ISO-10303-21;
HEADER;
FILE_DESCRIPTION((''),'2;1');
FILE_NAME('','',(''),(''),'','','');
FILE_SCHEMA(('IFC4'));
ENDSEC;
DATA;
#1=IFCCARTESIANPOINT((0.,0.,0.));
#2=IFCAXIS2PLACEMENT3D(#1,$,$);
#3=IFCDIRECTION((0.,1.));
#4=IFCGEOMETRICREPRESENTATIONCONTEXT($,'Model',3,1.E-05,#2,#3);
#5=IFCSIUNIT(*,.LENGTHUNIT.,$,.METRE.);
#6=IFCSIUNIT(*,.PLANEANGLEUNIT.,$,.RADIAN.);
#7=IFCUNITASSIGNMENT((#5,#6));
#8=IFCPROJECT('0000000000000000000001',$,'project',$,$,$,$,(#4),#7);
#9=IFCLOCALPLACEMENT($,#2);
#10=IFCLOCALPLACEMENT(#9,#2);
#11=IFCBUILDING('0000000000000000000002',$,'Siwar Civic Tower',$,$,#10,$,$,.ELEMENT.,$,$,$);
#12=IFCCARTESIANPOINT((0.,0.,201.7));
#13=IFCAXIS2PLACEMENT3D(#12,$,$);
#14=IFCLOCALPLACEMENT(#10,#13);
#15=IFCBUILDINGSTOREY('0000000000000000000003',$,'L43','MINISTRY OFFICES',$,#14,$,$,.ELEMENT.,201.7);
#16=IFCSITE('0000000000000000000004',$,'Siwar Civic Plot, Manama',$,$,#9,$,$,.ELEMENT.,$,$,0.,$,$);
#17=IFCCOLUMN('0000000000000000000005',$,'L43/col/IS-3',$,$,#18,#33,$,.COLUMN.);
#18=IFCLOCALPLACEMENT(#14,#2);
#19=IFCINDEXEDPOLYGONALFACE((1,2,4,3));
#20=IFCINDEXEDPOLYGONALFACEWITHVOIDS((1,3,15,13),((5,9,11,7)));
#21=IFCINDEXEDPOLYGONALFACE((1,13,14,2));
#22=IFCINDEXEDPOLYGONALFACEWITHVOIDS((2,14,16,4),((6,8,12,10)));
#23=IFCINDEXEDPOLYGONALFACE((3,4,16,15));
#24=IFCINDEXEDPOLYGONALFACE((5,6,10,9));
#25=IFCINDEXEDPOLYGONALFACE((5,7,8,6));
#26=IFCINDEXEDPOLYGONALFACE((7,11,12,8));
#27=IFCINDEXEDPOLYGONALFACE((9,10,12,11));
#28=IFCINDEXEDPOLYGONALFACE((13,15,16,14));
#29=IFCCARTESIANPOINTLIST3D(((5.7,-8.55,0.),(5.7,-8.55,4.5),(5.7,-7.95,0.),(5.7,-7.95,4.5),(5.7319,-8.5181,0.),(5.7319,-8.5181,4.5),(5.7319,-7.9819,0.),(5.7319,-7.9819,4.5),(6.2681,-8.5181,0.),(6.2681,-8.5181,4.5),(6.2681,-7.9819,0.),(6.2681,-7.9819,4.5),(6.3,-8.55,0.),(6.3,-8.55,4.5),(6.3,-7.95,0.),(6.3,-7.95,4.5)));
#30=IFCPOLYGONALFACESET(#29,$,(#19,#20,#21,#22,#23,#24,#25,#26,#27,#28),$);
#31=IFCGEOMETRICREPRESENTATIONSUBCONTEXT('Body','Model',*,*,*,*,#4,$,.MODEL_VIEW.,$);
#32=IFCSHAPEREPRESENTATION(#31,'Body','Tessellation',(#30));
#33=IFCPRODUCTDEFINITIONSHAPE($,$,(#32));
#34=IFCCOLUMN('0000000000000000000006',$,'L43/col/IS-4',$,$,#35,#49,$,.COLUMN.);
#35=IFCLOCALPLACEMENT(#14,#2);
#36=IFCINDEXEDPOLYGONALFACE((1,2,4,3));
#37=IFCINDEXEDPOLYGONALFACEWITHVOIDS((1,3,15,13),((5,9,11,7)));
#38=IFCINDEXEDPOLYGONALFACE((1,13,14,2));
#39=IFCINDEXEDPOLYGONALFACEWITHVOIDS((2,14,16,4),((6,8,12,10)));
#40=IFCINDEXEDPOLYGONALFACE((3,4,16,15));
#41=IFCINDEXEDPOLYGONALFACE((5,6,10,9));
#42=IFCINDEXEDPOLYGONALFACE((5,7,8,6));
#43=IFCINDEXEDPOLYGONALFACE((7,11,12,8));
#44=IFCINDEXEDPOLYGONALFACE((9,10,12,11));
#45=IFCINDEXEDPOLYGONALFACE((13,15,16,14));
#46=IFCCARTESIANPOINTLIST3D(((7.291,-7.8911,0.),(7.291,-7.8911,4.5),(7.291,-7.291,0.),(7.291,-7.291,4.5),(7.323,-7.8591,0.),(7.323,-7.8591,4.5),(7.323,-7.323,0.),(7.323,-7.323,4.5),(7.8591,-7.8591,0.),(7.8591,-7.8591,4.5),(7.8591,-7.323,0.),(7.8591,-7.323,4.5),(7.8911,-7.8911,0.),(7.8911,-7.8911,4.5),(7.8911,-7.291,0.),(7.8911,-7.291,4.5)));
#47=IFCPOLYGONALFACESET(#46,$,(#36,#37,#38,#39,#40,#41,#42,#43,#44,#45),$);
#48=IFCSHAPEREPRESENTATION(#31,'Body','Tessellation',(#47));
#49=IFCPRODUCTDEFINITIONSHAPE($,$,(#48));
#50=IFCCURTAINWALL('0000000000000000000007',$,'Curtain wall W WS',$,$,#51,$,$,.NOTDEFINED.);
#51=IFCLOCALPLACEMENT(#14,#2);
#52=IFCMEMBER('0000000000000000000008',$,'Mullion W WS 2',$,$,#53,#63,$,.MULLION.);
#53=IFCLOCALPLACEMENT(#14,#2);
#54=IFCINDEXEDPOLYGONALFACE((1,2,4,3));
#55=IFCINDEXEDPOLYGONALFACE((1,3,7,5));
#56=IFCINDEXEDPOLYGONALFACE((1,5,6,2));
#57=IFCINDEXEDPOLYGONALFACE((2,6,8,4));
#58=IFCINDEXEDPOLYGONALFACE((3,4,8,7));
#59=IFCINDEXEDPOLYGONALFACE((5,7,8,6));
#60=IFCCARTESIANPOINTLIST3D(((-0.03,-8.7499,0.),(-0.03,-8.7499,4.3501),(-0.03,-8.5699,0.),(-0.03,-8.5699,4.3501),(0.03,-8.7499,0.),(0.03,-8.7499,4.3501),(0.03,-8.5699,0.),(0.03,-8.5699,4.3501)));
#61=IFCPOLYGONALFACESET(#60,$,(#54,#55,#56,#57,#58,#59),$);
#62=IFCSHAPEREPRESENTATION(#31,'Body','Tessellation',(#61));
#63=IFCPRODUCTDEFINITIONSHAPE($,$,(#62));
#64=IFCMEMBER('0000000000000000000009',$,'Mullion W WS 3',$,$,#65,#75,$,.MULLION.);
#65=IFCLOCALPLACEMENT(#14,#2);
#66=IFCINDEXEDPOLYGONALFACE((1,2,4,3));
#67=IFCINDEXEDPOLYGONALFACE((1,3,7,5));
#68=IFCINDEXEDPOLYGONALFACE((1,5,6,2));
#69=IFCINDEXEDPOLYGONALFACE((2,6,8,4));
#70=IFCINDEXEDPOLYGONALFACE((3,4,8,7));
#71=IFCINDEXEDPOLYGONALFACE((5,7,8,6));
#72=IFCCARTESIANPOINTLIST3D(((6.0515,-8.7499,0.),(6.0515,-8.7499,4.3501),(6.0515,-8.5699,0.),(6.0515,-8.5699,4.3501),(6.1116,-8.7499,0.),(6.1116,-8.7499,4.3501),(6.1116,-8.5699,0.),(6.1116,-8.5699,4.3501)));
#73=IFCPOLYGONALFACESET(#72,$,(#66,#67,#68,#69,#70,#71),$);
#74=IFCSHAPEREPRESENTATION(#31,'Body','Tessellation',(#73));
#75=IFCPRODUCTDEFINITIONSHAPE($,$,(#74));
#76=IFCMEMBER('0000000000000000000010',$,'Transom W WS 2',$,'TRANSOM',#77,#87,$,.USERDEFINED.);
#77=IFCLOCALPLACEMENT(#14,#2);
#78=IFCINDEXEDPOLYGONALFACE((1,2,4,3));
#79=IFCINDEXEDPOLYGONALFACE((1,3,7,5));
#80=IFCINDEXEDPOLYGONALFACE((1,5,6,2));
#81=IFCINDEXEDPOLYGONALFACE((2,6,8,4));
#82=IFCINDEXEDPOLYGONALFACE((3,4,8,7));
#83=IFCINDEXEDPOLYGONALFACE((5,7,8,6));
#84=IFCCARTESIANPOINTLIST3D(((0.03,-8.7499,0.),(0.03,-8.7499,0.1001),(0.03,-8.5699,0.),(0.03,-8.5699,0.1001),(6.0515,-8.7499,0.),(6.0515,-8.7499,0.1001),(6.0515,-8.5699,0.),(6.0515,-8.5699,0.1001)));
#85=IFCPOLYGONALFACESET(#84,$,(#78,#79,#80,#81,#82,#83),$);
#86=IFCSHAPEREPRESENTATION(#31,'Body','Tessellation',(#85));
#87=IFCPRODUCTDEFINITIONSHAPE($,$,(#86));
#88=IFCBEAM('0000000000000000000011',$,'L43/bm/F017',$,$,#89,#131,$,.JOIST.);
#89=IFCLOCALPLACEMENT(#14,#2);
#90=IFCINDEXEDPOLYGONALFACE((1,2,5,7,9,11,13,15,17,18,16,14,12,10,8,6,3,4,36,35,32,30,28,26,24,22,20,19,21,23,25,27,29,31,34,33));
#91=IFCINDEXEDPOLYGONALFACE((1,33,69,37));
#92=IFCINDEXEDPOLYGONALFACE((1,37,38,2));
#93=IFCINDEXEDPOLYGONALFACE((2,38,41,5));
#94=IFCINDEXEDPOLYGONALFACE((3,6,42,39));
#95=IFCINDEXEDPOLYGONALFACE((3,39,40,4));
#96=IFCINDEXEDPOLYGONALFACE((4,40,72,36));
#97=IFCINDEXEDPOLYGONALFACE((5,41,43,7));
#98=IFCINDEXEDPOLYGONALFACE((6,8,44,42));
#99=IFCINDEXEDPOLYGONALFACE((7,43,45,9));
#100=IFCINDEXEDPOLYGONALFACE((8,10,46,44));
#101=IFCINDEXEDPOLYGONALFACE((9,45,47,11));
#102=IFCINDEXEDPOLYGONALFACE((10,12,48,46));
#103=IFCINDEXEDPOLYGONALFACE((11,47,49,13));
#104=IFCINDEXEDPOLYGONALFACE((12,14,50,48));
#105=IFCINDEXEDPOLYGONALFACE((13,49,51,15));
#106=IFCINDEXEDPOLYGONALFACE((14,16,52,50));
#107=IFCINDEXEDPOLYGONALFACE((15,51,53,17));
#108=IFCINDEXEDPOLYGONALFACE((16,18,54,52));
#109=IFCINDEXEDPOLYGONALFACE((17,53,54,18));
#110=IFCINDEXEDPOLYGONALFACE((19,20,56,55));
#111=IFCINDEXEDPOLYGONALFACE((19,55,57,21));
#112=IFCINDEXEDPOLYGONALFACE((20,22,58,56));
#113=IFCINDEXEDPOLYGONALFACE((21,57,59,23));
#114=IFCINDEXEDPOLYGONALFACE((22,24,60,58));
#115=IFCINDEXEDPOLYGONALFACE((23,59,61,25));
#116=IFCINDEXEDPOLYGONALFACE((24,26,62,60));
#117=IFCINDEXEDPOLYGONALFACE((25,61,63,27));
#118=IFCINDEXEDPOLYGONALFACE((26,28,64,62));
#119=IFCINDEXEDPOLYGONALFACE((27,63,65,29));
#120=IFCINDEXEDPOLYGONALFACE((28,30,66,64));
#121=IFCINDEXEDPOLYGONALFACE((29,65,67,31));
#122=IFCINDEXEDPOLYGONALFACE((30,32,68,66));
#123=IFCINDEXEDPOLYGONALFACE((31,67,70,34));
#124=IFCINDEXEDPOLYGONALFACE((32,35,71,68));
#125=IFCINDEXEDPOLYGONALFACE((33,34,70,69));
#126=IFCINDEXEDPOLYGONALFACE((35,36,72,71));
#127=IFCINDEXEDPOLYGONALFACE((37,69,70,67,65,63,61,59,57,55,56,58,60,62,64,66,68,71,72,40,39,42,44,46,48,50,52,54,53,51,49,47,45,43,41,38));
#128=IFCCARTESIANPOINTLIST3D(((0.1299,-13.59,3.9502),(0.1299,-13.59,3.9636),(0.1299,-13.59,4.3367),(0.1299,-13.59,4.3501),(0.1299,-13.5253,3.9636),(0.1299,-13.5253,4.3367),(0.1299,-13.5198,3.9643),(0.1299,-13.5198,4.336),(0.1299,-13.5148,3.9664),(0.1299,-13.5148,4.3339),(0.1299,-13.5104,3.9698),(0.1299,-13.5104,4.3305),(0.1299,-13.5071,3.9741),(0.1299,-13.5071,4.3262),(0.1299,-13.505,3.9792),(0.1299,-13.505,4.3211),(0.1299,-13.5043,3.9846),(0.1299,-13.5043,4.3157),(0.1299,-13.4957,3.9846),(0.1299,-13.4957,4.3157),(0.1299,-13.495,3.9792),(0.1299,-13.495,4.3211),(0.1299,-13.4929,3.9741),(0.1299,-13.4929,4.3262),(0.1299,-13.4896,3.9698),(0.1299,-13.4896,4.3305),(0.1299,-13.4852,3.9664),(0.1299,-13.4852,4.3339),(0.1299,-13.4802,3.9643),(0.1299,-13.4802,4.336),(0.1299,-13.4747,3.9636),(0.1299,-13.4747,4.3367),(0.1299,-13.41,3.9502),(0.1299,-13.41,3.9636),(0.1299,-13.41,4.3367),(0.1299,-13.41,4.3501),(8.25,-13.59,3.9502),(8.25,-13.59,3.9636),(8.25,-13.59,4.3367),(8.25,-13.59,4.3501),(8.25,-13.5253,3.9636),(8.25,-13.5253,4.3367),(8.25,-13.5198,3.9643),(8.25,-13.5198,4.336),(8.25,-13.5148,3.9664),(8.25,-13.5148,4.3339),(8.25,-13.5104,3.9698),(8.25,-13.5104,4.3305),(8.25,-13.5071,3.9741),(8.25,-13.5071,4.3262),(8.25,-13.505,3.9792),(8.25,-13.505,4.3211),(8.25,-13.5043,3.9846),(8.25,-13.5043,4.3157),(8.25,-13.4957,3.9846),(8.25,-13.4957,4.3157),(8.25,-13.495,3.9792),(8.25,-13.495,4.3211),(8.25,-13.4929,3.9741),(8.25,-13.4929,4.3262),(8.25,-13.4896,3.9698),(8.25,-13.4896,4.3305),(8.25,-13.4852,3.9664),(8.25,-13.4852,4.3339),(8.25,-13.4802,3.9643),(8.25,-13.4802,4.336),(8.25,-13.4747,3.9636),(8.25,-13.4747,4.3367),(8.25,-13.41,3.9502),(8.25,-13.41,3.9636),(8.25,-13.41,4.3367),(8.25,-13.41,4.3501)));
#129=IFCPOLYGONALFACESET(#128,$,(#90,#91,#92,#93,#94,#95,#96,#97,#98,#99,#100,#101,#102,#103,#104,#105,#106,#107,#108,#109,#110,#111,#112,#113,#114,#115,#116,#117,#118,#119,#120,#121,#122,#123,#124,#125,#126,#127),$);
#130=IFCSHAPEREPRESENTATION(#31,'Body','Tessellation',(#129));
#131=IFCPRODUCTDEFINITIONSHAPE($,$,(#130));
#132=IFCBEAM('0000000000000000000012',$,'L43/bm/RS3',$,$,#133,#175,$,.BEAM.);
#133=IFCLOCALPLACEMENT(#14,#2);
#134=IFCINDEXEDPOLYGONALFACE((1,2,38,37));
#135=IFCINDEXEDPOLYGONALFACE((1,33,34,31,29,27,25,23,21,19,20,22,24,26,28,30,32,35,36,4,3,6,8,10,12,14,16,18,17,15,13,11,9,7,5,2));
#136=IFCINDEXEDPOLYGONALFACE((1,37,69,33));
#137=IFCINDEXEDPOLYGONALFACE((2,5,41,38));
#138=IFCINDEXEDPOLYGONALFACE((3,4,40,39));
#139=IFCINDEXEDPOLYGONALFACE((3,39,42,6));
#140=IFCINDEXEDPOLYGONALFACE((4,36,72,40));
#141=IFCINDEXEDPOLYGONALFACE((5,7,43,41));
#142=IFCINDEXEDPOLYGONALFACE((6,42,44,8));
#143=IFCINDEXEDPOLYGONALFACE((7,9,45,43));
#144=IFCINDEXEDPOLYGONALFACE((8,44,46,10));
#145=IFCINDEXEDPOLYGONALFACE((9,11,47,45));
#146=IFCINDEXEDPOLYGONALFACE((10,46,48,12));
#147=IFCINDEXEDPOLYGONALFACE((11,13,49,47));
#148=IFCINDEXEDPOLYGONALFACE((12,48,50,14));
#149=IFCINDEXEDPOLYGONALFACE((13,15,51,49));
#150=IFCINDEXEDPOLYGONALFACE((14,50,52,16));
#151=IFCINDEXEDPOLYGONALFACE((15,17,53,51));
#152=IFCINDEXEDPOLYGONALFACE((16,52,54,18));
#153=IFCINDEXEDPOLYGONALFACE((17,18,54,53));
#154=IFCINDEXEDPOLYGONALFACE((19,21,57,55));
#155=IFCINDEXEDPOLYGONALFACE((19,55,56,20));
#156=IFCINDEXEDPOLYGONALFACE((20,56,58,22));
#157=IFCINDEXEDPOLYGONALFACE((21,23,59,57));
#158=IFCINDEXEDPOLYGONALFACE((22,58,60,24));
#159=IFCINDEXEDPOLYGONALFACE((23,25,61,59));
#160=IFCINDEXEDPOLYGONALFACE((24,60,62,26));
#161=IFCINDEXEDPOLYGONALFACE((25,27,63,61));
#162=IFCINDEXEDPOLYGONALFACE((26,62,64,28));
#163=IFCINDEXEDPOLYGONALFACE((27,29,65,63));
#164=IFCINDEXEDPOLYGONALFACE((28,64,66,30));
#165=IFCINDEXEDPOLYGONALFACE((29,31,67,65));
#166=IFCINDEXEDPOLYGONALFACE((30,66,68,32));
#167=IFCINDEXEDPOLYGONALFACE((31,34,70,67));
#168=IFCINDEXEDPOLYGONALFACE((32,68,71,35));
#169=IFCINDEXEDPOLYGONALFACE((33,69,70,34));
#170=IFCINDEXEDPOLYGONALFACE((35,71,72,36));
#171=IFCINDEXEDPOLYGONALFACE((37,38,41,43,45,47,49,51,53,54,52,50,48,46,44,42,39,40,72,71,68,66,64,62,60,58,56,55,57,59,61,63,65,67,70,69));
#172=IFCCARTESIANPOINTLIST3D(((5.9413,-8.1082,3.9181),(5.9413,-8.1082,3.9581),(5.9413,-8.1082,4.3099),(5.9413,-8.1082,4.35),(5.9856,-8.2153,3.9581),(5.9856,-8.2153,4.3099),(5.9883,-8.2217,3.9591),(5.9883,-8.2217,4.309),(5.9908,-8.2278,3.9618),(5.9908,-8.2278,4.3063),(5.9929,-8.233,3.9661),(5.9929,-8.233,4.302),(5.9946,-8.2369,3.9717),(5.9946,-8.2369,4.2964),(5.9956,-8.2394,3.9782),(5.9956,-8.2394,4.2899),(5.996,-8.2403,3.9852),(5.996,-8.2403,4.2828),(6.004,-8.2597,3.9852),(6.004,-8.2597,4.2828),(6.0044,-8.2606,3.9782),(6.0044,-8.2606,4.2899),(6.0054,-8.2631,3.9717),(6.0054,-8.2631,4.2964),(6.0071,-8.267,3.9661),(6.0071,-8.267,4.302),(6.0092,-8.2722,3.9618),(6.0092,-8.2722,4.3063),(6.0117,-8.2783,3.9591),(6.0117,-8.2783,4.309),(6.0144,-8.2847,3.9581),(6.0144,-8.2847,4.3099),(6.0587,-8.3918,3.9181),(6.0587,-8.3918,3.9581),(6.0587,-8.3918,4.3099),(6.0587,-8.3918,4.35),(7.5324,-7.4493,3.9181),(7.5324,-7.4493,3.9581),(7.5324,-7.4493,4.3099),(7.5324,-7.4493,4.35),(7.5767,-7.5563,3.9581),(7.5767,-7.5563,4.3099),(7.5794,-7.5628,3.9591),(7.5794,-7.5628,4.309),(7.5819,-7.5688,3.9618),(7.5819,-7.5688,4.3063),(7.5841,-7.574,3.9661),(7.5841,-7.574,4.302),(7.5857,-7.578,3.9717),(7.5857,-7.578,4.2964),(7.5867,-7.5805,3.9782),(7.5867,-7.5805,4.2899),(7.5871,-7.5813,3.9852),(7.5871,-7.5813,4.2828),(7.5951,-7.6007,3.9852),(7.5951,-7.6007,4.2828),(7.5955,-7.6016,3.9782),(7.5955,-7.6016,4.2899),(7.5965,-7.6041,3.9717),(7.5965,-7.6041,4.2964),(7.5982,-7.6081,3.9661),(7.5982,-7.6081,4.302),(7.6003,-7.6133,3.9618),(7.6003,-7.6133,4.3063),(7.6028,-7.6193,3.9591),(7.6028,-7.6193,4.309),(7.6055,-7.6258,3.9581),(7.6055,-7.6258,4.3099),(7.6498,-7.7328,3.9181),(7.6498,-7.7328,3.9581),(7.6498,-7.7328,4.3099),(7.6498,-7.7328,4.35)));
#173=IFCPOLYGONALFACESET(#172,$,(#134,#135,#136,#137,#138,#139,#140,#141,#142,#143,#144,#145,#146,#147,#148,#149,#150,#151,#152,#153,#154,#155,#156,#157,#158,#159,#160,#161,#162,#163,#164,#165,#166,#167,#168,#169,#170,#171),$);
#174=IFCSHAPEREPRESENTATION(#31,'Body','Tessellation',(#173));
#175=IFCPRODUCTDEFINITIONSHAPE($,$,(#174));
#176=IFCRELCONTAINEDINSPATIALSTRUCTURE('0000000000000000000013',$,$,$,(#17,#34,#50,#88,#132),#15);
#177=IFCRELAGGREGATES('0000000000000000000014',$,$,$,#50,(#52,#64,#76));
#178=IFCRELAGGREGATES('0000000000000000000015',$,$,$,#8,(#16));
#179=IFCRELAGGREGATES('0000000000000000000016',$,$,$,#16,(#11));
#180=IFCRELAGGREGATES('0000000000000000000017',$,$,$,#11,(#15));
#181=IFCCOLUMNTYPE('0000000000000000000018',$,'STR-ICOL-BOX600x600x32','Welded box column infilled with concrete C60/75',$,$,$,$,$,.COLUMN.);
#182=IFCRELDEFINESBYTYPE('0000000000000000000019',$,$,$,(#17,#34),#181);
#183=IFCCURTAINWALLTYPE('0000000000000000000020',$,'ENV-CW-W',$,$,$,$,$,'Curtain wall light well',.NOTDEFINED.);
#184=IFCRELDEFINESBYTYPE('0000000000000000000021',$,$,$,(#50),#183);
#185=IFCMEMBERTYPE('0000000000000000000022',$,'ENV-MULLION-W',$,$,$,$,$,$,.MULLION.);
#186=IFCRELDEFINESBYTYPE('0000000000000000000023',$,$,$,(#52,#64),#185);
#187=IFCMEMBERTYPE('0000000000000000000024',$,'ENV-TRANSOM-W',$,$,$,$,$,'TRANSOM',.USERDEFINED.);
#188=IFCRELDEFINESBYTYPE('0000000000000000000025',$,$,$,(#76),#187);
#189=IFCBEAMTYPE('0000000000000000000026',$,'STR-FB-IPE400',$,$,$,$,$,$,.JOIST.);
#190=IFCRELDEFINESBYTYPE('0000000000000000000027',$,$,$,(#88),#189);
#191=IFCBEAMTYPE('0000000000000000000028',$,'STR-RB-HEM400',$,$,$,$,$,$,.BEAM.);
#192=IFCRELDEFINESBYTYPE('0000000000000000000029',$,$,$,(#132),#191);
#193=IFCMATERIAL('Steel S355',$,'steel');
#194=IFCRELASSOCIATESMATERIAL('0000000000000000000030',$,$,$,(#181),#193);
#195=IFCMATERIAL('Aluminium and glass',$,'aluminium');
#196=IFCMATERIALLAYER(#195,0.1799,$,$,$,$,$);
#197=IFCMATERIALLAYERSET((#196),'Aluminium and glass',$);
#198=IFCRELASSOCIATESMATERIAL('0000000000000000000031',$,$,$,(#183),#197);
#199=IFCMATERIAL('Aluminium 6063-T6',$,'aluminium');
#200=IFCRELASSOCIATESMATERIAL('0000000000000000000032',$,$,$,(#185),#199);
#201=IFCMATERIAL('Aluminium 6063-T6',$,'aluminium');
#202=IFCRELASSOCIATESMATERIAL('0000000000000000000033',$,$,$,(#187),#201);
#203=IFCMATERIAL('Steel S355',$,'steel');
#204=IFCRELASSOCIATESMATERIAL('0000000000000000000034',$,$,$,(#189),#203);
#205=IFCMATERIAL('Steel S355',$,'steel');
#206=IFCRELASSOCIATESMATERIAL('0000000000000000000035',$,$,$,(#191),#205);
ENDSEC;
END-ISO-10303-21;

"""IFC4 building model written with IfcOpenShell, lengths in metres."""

from ifc_helpers import new_model, si_unit, direction, frame, origin, origin_2d, place, context, subcontext, project, spatial, rectangle, hollow_rectangle, i_section, extrude, material, layer, layer_set, material_profile, profile_set, type_object, element, aggregate, save


model = new_model("IFC4")

# Units and contexts
model_context = context("Model", 3, precision=1e-05, world=origin(), true_north=direction((0.0, 1.0)))
body_context = subcontext(model_context, "Body", "Model", "MODEL_VIEW")
ifc_project = project(units=[si_unit("LENGTHUNIT", "METRE"), si_unit("PLANEANGLEUNIT", "RADIAN")], contexts=[model_context])

# Site, building, storey
site_placement = place(None, origin())
site = spatial("IfcSite", under=ifc_project, at=site_placement, Name="Siwar Civic Plot, Manama", CompositionType="ELEMENT", RefElevation=0.0)
building_placement = place(site_placement, origin())
building = spatial("IfcBuilding", under=site, at=building_placement, Name="Siwar Civic Tower", CompositionType="ELEMENT")
storey_placement = place(building_placement, frame((0.0, 0.0, 201.7)))
storey = spatial("IfcBuildingStorey", under=building, at=storey_placement, Name="L43", Description="MINISTRY OFFICES", CompositionType="ELEMENT", Elevation=201.7)

# Columns
ifc_material_1 = material(Name="Steel S355", Category="steel")
ifc_material_profile_1 = material_profile(ifc_material_1, hollow_rectangle(XDim=0.6001, YDim=0.6001, WallThickness=0.032, at=origin_2d()), Name="BOX600x600x32")
ifc_profile_set_1 = profile_set([ifc_material_profile_1], Name="Steel S355")
column_type = type_object("IfcColumnType", Name="STR-ICOL-BOX600x600x32", Description="Welded box column infilled with concrete C60/75", PredefinedType="COLUMN", material=ifc_profile_set_1)
for number, where, z_axis, x_axis, name in (
    (1, (6.0, -8.25, 0.0), (0.0, 0.0, 1.0), (1.0, 0.0, 0.0), "L43/col/IS-3"),
    (2, (7.5911, -7.5911, 0.0), (0.0, 0.0, 1.0), (1.0, 0.0, 0.0), "L43/col/IS-4"),
):
    element("IfcColumn", number, at=place(storey_placement, frame(where, z_axis=z_axis, x_axis=x_axis)), inside=storey, type_object=column_type, Name=name, PredefinedType="COLUMN", context=body_context, shape_type="SweptSolid", body=[
        extrude(hollow_rectangle(XDim=0.6001, YDim=0.6001, WallThickness=0.032, at=origin_2d()), origin(), (0.0, 0.0, 1.0), 4.5),
    ])

# Curtain wall, members
ifc_material_2 = material(Name="Aluminium and glass", Category="aluminium")
ifc_layer_1 = layer(ifc_material_2, 0.1799)
ifc_layer_set_1 = layer_set([ifc_layer_1], Name="Aluminium and glass")
curtain_wall_type = type_object("IfcCurtainWallType", Name="ENV-CW-W", ElementType="Curtain wall light well", PredefinedType="NOTDEFINED", material=ifc_layer_set_1)
curtain_wall_placement = place(storey_placement, origin())
curtain_wall = element("IfcCurtainWall", 3, at=curtain_wall_placement, inside=storey, type_object=curtain_wall_type, Name="Curtain wall W WS", PredefinedType="NOTDEFINED")
ifc_material_3 = material(Name="Aluminium 6063-T6", Category="aluminium")
ifc_material_profile_2 = material_profile(ifc_material_3, rectangle(XDim=0.1799, YDim=0.0601, at=origin_2d()), Name="AL 180x60")
ifc_profile_set_2 = profile_set([ifc_material_profile_2], Name="Aluminium 6063-T6")
member_type_1 = type_object("IfcMemberType", Name="ENV-MULLION-W", PredefinedType="MULLION", material=ifc_profile_set_2)
member_1_placement = place(storey_placement, frame((0.0, -8.6599, 0.0), z_axis=(0.0, 0.0, 1.0), x_axis=(0.0, 1.0, 0.0)))
member_1 = element("IfcMember", 4, at=member_1_placement, type_object=member_type_1, Name="Mullion W WS 2", PredefinedType="MULLION", context=body_context, shape_type="SweptSolid", body=[
    extrude(rectangle(XDim=0.1799, YDim=0.0601, at=origin_2d()), origin(), (0.0, 0.0, 1.0), 4.3501),
])
member_2_placement = place(storey_placement, frame((6.0815, -8.6599, 0.0), z_axis=(0.0, 0.0, 1.0), x_axis=(0.0, 1.0, 0.0)))
member_2 = element("IfcMember", 5, at=member_2_placement, type_object=member_type_1, Name="Mullion W WS 3", PredefinedType="MULLION", context=body_context, shape_type="SweptSolid", body=[
    extrude(rectangle(XDim=0.1799, YDim=0.0601, at=origin_2d()), origin(), (0.0, 0.0, 1.0), 4.3501),
])
ifc_material_4 = material(Name="Aluminium 6063-T6", Category="aluminium")
ifc_material_profile_3 = material_profile(ifc_material_4, rectangle(XDim=0.1799, YDim=0.1001, at=origin_2d()), Name="AL 180x100")
ifc_profile_set_3 = profile_set([ifc_material_profile_3], Name="Aluminium 6063-T6")
member_type_2 = type_object("IfcMemberType", Name="ENV-TRANSOM-W", ElementType="TRANSOM", PredefinedType="USERDEFINED", material=ifc_profile_set_3)
member_3_placement = place(storey_placement, frame((0.03, -8.6599, 0.05), z_axis=(1.0, 0.0, 0.0), x_axis=(0.0, 1.0, 0.0)))
member_3 = element("IfcMember", 6, at=member_3_placement, type_object=member_type_2, Name="Transom W WS 2", ObjectType="TRANSOM", PredefinedType="USERDEFINED", context=body_context, shape_type="SweptSolid", body=[
    extrude(rectangle(XDim=0.1799, YDim=0.1001, at=origin_2d()), origin(), (0.0, 0.0, 1.0), 6.0215),
])

# Beams
ifc_material_5 = material(Name="Steel S355", Category="steel")
ifc_material_profile_4 = material_profile(ifc_material_5, i_section(OverallWidth=0.1799, OverallDepth=0.3999, WebThickness=0.0085, FlangeThickness=0.0134, FilletRadius=0.021, at=origin_2d()), Name="IPE400")
ifc_profile_set_4 = profile_set([ifc_material_profile_4], Name="Steel S355")
beam_type_1 = type_object("IfcBeamType", Name="STR-FB-IPE400", PredefinedType="JOIST", material=ifc_profile_set_4)
beam_placement = place(storey_placement, frame((0.1299, -13.5, 4.1501), z_axis=(1.0, 0.0, 0.0), x_axis=(0.0, 1.0, 0.0)))
element("IfcBeam", 7, at=beam_placement, inside=storey, type_object=beam_type_1, Name="L43/bm/F017", PredefinedType="JOIST", context=body_context, shape_type="SweptSolid", body=[
    extrude(i_section(OverallWidth=0.1799, OverallDepth=0.3999, WebThickness=0.0085, FlangeThickness=0.0134, FilletRadius=0.021, at=origin_2d()), origin(), (0.0, 0.0, 1.0), 8.1201),
])
ifc_material_6 = material(Name="Steel S355", Category="steel")
ifc_material_profile_5 = material_profile(ifc_material_6, i_section(OverallWidth=0.3069, OverallDepth=0.4319, WebThickness=0.021, FlangeThickness=0.04, FilletRadius=0.0271, at=origin_2d()), Name="HEM400")
ifc_profile_set_5 = profile_set([ifc_material_profile_5], Name="Steel S355")
beam_type_2 = type_object("IfcBeamType", Name="STR-RB-HEM400", PredefinedType="BEAM", material=ifc_profile_set_5)
for number, where, z_axis, x_axis, name in (
    (8, (6.0, -8.25, 4.134), (0.923901, 0.382631, 0.0), (-0.382631, 0.923901, 0.0), "L43/bm/RS3"),
):
    element("IfcBeam", number, at=place(storey_placement, frame(where, z_axis=z_axis, x_axis=x_axis)), inside=storey, type_object=beam_type_2, Name=name, PredefinedType="BEAM", context=body_context, shape_type="SweptSolid", body=[
        extrude(i_section(OverallWidth=0.3069, OverallDepth=0.4319, WebThickness=0.021, FlangeThickness=0.04, FilletRadius=0.0271, at=origin_2d()), origin(), (0.0, 0.0, 1.0), 1.7222),
    ])

aggregate(curtain_wall, [member_1, member_2, member_3])

save(model, "model.ifc")
